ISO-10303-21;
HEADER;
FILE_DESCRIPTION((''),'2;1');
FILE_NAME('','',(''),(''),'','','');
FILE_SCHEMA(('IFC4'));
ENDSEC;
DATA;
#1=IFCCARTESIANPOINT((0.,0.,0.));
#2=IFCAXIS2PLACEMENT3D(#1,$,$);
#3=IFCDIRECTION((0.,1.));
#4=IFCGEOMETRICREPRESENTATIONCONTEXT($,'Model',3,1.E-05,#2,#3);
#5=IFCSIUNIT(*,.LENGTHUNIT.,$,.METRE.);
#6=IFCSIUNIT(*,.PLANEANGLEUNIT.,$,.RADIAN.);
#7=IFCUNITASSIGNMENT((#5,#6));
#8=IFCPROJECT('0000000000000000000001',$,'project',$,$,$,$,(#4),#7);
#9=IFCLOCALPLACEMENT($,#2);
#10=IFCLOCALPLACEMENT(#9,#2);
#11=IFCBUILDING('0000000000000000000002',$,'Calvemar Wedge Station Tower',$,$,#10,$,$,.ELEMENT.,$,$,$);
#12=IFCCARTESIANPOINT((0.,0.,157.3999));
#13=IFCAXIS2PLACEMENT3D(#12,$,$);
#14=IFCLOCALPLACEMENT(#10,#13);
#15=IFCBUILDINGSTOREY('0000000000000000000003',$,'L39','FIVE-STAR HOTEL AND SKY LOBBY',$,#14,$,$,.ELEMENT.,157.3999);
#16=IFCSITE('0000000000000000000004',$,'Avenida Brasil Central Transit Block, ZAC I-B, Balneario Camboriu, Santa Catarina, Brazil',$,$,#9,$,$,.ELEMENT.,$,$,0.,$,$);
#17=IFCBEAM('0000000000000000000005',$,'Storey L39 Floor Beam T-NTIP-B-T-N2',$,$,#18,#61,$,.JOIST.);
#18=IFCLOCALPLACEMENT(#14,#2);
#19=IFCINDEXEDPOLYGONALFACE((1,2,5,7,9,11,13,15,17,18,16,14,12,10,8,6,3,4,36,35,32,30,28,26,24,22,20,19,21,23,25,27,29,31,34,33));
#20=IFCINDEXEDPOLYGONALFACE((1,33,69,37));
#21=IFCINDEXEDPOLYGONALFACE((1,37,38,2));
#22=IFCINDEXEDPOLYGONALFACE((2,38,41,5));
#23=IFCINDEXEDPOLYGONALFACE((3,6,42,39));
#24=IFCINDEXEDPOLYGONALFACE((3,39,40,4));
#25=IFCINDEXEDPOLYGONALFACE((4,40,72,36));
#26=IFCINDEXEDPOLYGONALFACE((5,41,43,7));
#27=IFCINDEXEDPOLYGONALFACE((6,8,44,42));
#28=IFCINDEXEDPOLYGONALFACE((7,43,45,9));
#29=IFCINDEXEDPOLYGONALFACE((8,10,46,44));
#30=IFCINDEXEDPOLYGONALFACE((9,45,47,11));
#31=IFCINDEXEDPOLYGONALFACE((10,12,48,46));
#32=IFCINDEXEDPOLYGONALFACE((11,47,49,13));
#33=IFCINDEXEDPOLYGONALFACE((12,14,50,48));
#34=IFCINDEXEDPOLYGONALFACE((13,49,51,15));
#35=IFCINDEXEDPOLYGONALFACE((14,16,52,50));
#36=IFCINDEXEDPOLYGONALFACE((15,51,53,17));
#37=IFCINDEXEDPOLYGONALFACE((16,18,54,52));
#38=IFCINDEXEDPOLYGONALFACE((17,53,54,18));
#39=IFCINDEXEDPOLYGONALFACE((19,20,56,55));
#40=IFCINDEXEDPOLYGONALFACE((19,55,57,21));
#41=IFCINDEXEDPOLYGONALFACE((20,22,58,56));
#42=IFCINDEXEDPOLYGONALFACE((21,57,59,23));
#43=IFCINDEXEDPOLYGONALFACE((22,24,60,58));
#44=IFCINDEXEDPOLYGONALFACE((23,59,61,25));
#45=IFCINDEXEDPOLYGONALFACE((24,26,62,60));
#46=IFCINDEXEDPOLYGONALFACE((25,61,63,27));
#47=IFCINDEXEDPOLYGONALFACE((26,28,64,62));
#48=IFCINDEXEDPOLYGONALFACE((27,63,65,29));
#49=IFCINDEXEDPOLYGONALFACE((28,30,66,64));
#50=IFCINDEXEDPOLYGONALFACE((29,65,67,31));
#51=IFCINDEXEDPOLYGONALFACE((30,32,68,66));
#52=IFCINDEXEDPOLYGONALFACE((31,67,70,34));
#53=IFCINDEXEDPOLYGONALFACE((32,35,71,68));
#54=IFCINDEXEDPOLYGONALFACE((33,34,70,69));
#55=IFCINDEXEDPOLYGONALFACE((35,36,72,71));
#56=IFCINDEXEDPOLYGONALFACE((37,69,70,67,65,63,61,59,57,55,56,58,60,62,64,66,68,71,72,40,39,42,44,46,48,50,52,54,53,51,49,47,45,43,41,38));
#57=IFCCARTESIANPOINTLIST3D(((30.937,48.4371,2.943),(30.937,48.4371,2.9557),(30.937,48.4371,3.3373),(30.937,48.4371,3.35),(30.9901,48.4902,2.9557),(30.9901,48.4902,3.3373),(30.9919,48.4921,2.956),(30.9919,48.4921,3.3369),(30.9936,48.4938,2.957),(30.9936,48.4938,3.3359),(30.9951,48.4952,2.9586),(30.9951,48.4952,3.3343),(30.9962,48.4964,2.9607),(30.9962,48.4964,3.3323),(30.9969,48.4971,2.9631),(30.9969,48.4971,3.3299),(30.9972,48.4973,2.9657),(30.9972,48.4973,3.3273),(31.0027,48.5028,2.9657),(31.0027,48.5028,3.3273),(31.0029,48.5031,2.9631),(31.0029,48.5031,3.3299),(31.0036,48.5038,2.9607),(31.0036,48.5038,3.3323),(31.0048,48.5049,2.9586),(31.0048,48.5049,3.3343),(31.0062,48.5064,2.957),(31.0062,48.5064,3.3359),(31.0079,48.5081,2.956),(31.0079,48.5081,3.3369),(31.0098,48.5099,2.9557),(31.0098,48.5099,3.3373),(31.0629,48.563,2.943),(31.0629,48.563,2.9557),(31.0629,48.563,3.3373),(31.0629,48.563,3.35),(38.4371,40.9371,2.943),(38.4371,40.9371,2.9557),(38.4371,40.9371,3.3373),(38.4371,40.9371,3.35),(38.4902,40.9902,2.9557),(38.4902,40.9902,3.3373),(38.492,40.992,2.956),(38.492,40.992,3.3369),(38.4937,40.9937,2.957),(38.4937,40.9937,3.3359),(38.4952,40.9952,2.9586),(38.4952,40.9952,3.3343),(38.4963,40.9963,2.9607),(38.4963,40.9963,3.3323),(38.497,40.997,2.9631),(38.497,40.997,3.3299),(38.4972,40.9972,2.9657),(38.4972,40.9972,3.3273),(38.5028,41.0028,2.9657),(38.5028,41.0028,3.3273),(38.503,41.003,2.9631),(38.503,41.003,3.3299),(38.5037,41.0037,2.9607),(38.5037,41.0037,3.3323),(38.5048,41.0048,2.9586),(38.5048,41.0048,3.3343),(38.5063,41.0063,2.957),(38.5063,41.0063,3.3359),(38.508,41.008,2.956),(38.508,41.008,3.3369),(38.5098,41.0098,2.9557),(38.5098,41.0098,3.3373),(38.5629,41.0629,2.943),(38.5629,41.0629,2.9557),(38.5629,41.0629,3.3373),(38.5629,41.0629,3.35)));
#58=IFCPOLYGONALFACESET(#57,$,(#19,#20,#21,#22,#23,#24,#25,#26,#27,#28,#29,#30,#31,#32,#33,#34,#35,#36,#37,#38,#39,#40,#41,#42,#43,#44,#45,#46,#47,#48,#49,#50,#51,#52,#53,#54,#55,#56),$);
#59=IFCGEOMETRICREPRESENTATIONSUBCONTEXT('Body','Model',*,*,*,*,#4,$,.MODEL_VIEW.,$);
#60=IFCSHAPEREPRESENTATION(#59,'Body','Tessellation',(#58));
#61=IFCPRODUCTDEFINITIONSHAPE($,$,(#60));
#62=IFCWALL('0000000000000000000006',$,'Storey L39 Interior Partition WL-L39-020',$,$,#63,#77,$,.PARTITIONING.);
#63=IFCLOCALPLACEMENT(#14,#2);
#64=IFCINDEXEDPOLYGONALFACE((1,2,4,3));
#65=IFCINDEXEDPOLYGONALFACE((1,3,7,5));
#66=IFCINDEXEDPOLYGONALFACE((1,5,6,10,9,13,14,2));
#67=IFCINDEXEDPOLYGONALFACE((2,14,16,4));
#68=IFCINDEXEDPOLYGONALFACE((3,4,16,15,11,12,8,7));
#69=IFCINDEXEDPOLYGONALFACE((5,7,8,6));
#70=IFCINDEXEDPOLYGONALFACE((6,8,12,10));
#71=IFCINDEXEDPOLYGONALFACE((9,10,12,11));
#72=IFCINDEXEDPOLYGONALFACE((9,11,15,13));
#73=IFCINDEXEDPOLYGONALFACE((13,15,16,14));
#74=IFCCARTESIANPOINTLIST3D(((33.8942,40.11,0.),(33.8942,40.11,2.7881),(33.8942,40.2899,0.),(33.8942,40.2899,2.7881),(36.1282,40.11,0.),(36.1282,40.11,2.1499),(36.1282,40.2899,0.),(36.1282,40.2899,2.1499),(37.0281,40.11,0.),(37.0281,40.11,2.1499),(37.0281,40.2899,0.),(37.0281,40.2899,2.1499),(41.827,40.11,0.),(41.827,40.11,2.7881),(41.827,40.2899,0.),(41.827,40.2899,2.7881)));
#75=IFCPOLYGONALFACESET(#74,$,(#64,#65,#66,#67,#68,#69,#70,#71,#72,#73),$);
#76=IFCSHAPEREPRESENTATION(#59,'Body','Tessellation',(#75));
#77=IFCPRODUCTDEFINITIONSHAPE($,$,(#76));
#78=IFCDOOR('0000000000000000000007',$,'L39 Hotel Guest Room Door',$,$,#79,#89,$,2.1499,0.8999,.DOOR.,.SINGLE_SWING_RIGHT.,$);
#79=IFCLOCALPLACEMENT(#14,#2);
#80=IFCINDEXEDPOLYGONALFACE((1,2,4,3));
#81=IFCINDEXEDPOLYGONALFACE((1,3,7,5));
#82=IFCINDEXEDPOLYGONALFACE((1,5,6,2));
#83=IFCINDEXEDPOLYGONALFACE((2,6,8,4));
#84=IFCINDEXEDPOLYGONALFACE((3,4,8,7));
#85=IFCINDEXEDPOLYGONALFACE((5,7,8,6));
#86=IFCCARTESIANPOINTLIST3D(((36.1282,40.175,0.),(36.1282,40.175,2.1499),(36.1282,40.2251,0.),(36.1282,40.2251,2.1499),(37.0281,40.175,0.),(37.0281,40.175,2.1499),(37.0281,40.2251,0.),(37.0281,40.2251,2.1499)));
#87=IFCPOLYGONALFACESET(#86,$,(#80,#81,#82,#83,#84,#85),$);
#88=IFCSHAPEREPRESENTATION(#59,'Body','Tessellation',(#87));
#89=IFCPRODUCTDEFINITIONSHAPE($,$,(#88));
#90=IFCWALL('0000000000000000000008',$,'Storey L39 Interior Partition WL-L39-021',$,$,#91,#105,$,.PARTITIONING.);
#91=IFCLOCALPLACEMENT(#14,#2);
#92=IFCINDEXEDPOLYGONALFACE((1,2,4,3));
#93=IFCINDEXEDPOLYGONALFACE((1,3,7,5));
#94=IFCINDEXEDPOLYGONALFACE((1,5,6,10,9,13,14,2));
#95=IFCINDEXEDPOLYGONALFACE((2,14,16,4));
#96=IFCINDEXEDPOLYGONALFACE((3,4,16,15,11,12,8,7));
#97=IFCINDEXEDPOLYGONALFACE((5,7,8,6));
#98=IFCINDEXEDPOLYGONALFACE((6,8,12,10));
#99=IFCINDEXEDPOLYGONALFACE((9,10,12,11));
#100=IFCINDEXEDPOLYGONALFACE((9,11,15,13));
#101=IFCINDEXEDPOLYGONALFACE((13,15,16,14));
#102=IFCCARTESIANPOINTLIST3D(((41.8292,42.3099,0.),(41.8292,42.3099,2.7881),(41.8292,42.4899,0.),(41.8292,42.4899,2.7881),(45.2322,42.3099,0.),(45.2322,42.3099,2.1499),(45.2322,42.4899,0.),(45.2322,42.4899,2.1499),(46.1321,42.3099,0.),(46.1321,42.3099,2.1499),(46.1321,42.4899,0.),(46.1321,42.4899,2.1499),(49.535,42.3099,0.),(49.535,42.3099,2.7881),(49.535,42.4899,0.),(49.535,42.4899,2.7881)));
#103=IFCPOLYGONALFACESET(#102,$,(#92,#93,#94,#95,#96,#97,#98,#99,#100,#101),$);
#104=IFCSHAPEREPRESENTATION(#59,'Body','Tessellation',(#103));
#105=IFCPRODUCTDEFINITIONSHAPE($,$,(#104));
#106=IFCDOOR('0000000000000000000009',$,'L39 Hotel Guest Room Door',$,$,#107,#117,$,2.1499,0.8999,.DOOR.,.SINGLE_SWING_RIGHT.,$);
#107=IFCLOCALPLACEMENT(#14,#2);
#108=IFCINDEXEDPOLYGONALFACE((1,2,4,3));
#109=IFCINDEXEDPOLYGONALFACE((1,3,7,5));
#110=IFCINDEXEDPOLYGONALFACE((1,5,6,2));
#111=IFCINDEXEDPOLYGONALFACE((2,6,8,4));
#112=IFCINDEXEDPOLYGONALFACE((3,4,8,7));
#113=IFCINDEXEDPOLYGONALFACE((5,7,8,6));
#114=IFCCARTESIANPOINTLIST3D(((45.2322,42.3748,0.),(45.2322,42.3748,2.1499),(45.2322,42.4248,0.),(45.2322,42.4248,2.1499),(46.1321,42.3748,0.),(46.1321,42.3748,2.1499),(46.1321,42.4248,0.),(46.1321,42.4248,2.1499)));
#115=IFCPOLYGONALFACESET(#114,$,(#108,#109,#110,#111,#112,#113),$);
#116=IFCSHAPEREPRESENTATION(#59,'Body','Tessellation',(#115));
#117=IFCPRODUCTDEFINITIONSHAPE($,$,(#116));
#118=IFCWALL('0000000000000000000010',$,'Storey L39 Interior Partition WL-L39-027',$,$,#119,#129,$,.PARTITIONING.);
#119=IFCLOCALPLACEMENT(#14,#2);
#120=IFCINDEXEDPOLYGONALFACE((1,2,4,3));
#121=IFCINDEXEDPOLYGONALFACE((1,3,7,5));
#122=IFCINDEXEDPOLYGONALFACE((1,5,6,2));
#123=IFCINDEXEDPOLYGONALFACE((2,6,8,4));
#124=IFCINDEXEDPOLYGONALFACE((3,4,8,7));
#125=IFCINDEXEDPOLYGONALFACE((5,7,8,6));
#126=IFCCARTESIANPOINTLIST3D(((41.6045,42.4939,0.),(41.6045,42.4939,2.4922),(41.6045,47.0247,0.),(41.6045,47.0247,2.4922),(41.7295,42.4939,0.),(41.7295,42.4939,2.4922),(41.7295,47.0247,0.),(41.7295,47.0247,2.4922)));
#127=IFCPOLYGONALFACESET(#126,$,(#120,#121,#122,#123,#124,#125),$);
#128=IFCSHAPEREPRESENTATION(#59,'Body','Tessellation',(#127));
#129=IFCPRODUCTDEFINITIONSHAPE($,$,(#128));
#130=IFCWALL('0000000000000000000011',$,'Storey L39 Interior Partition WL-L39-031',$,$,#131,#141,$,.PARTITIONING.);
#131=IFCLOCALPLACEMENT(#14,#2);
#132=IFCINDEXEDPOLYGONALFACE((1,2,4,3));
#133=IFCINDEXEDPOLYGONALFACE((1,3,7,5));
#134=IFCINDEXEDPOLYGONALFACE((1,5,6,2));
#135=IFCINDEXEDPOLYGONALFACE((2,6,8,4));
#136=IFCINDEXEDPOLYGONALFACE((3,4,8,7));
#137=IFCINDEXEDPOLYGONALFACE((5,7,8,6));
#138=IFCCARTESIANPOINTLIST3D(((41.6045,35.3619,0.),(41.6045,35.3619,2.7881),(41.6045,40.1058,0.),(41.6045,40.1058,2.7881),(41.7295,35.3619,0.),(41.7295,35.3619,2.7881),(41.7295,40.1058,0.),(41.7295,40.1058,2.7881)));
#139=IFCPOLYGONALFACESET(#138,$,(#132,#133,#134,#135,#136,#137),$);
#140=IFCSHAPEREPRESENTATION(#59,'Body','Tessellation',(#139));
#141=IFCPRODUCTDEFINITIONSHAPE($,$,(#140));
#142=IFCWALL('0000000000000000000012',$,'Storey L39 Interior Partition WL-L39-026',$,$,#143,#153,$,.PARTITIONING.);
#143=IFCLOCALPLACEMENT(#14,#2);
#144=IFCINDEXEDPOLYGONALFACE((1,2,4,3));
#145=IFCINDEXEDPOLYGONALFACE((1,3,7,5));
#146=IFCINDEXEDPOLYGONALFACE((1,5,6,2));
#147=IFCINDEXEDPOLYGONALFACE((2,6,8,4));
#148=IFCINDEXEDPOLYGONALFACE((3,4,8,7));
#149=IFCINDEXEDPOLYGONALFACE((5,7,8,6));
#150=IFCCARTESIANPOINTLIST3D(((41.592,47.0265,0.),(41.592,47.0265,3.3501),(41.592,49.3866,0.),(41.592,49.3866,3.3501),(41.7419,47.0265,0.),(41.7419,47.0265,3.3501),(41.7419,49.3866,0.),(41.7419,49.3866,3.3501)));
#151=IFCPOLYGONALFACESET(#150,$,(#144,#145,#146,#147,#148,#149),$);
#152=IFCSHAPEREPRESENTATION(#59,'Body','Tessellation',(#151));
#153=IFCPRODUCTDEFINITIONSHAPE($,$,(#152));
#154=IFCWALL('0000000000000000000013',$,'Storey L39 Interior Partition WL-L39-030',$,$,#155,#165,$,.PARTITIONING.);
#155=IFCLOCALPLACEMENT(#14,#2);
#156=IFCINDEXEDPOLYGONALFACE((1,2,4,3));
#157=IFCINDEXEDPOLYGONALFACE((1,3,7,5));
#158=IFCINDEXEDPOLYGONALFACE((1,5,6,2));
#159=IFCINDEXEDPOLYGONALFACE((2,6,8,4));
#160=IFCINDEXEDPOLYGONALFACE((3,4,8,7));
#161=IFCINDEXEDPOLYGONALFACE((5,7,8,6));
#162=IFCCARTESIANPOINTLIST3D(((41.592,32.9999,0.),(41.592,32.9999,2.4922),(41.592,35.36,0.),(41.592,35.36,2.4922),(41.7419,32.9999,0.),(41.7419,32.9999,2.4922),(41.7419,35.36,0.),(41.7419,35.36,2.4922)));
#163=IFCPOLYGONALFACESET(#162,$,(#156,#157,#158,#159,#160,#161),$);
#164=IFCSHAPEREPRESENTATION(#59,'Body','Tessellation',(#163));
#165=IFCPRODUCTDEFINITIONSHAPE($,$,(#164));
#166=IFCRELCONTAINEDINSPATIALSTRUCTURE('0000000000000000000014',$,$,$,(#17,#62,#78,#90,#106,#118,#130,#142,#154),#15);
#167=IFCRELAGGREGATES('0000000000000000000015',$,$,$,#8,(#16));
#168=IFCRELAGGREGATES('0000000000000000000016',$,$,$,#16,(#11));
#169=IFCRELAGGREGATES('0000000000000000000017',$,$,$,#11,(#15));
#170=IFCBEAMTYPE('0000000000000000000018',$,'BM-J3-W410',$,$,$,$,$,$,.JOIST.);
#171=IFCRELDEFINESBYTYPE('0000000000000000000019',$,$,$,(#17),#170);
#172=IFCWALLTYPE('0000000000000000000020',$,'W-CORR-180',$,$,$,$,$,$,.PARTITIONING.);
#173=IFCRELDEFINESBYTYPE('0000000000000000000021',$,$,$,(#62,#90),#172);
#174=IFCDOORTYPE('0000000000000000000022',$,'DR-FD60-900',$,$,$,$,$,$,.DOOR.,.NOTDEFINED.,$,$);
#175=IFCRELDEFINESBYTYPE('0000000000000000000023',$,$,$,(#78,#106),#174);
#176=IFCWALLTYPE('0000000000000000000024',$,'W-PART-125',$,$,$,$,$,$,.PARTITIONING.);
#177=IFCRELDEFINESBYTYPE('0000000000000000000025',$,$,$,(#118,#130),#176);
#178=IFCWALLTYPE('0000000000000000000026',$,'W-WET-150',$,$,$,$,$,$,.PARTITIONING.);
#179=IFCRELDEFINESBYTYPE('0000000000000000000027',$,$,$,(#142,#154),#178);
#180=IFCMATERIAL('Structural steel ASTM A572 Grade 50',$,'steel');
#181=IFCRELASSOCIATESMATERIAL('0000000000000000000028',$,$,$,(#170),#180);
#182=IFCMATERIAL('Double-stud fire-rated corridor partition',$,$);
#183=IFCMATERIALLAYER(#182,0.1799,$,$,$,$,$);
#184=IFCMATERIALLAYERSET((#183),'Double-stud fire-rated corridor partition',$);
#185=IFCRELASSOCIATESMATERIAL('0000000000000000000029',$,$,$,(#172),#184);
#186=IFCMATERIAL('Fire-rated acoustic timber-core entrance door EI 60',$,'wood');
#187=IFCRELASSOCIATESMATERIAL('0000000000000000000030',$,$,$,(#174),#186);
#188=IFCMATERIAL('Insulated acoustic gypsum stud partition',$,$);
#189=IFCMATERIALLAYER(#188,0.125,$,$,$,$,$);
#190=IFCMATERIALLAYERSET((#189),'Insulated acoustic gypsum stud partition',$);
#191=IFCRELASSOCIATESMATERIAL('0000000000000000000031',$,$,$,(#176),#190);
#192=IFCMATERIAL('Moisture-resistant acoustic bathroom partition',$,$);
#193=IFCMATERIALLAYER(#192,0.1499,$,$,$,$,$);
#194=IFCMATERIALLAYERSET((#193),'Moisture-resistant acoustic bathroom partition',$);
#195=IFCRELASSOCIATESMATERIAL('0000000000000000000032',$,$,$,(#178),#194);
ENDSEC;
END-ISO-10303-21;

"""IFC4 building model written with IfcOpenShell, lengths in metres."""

from ifc_helpers import new_model, si_unit, direction, frame, frame_2d, origin, origin_2d, place, context, subcontext, project, spatial, rectangle, i_section, extrude, source, transform, mapped, material, layer, layer_set, material_profile, profile_set, type_object, element, fill, save


model = new_model("IFC4")

# Units and contexts
model_context = context("Model", 3, precision=1e-05, world=origin(), true_north=direction((0.0, 1.0)))
body_context = subcontext(model_context, "Body", "Model", "MODEL_VIEW")
ifc_project = project(units=[si_unit("LENGTHUNIT", "METRE"), si_unit("PLANEANGLEUNIT", "RADIAN")], contexts=[model_context])

# Site, building, storey
site_placement = place(None, origin())
site = spatial("IfcSite", under=ifc_project, at=site_placement, Name="Avenida Brasil Central Transit Block, ZAC I-B, Balneario Camboriu, Santa Catarina, Brazil", CompositionType="ELEMENT", RefElevation=0.0)
building_placement = place(site_placement, origin())
building = spatial("IfcBuilding", under=site, at=building_placement, Name="Calvemar Wedge Station Tower", CompositionType="ELEMENT")
storey_placement = place(building_placement, frame((0.0, 0.0, 157.3999)))
storey = spatial("IfcBuildingStorey", under=building, at=storey_placement, Name="L39", Description="FIVE-STAR HOTEL AND SKY LOBBY", CompositionType="ELEMENT", Elevation=157.3999)

# Shared definitions
ifc_material_1 = material(Name="Structural steel ASTM A572 Grade 50", Category="steel")

# Beam
ifc_material_profile_1 = material_profile(ifc_material_1, i_section(OverallWidth=0.178, OverallDepth=0.407, WebThickness=0.0078, FlangeThickness=0.0127, FilletRadius=0.01, at=origin_2d()), Name="W410x60")
ifc_profile_set_1 = profile_set([ifc_material_profile_1], Name="Structural steel ASTM A572 Grade 50")
beam_type_1 = type_object("IfcBeamType", Name="BM-J3-W410", PredefinedType="JOIST", material=ifc_profile_set_1)
shared_shape_1 = source(origin(), body_context, "Body", "SweptSolid", [
    extrude(i_section(OverallWidth=0.178, OverallDepth=0.407, WebThickness=0.0078, FlangeThickness=0.0127, FilletRadius=0.01, at=origin_2d()), origin(), (0.0, 0.0, 1.0), 10.6067),
])
beam_1_placement = place(storey_placement, frame((38.5, 41.0, 3.1465), z_axis=(-0.707107, 0.707107, 0.0), x_axis=(-0.707107, -0.707107, 0.0)))
element("IfcBeam", 1, at=beam_1_placement, inside=storey, type_object=beam_type_1, Name="Storey L39 Floor Beam T-NTIP-B-T-N2", PredefinedType="JOIST", context=body_context, shape_type="MappedRepresentation", body=[
    mapped(shared_shape_1, transform((0.0, 0.0, 0.0), scale=1.0)),
])

# Walls, openings, doors
ifc_material_2 = material(Name="Double-stud fire-rated corridor partition")
ifc_layer_1 = layer(ifc_material_2, 0.1799)
ifc_layer_set_1 = layer_set([ifc_layer_1], Name="Double-stud fire-rated corridor partition")
wall_type_1 = type_object("IfcWallType", Name="W-CORR-180", PredefinedType="PARTITIONING", material=ifc_layer_set_1)
wall_1_placement = place(storey_placement, frame((41.8269, 40.2, 0.0), z_axis=(0.0, 0.0, 1.0), x_axis=(-1.0, 0.0, 0.0)))
wall_1 = element("IfcWall", 2, at=wall_1_placement, inside=storey, type_object=wall_type_1, Name="Storey L39 Interior Partition WL-L39-020", PredefinedType="PARTITIONING", context=body_context, shape_type="SweptSolid", body=[
    extrude(rectangle(XDim=7.9329, YDim=0.1799, at=frame_2d((3.9663, 0.0))), origin(), (0.0, 0.0, 1.0), 2.7881),
])
shared_shape_2 = source(origin(), body_context, "Body", "SweptSolid", [
    extrude(rectangle(XDim=0.8999, YDim=2.1499, at=frame_2d((0.45, 1.075))), frame((0.0, 0.1001, 0.0), z_axis=(0.0, -1.0, 0.0), x_axis=(1.0, 0.0, 0.0)), (0.0, 0.0, 1.0), 0.2),
])
opening_1_placement = place(wall_1_placement, frame((4.7988, 0.0, 0.0)))
opening_1 = element("IfcOpeningElement", 3, at=opening_1_placement, cuts=wall_1, PredefinedType="OPENING", context=body_context, shape_type="MappedRepresentation", body=[
    mapped(shared_shape_2, transform((0.0, 0.0, 0.0), scale=1.0)),
])
ifc_material_3 = material(Name="Fire-rated acoustic timber-core entrance door EI 60", Category="wood")
door_type_1 = type_object("IfcDoorType", Name="DR-FD60-900", OperationType="NOTDEFINED", PredefinedType="DOOR", material=ifc_material_3)
shared_shape_3 = source(origin(), body_context, "Body", "SweptSolid", [
    extrude(rectangle(XDim=0.8999, YDim=2.1499, at=frame_2d((0.45, 1.075))), frame((0.0, 0.0249, 0.0), z_axis=(0.0, -1.0, 0.0), x_axis=(1.0, 0.0, 0.0)), (0.0, 0.0, 1.0), 0.05),
])
door_1_placement = place(opening_1_placement, origin())
door_1 = element("IfcDoor", 4, at=door_1_placement, inside=storey, type_object=door_type_1, Name="L39 Hotel Guest Room Door", OperationType="SINGLE_SWING_RIGHT", OverallHeight=2.1499, OverallWidth=0.8999, PredefinedType="DOOR", context=body_context, shape_type="MappedRepresentation", body=[
    mapped(shared_shape_3, transform((0.0, 0.0, 0.0), scale=1.0)),
])
fill(opening_1, door_1)
wall_2_placement = place(storey_placement, frame((41.8291, 42.3999, 0.0), z_axis=(0.0, 0.0, 1.0), x_axis=(1.0, 0.0, 0.0)))
wall_2 = element("IfcWall", 5, at=wall_2_placement, inside=storey, type_object=wall_type_1, Name="Storey L39 Interior Partition WL-L39-021", PredefinedType="PARTITIONING", context=body_context, shape_type="SweptSolid", body=[
    extrude(rectangle(XDim=7.7058, YDim=0.1799, at=frame_2d((3.853, 0.0))), origin(), (0.0, 0.0, 1.0), 2.7881),
])
opening_2_placement = place(wall_2_placement, frame((3.4031, 0.0, 0.0)))
opening_2 = element("IfcOpeningElement", 6, at=opening_2_placement, cuts=wall_2, PredefinedType="OPENING", context=body_context, shape_type="MappedRepresentation", body=[
    mapped(shared_shape_2, transform((0.0, 0.0, 0.0), scale=1.0)),
])
door_2_placement = place(opening_2_placement, origin())
door_2 = element("IfcDoor", 7, at=door_2_placement, inside=storey, type_object=door_type_1, Name="L39 Hotel Guest Room Door", OperationType="SINGLE_SWING_RIGHT", OverallHeight=2.1499, OverallWidth=0.8999, PredefinedType="DOOR", context=body_context, shape_type="MappedRepresentation", body=[
    mapped(shared_shape_3, transform((0.0, 0.0, 0.0), scale=1.0)),
])
fill(opening_2, door_2)

# Walls
ifc_material_4 = material(Name="Insulated acoustic gypsum stud partition")
ifc_layer_2 = layer(ifc_material_4, 0.125)
ifc_layer_set_2 = layer_set([ifc_layer_2], Name="Insulated acoustic gypsum stud partition")
wall_type_2 = type_object("IfcWallType", Name="W-PART-125", PredefinedType="PARTITIONING", material=ifc_layer_set_2)
wall_3_placement = place(storey_placement, frame((41.667, 47.0247, 0.0), z_axis=(0.0, 0.0, 1.0), x_axis=(0.0, -1.0, 0.0)))
element("IfcWall", 8, at=wall_3_placement, inside=storey, type_object=wall_type_2, Name="Storey L39 Interior Partition WL-L39-027", PredefinedType="PARTITIONING", context=body_context, shape_type="SweptSolid", body=[
    extrude(rectangle(XDim=4.5308, YDim=0.125, at=frame_2d((2.2654, 0.0))), origin(), (0.0, 0.0, 1.0), 2.4922),
])
wall_4_placement = place(storey_placement, frame((41.667, 40.106, 0.0), z_axis=(0.0, 0.0, 1.0), x_axis=(0.0, -1.0, 0.0)))
element("IfcWall", 9, at=wall_4_placement, inside=storey, type_object=wall_type_2, Name="Storey L39 Interior Partition WL-L39-031", PredefinedType="PARTITIONING", context=body_context, shape_type="SweptSolid", body=[
    extrude(rectangle(XDim=4.7439, YDim=0.125, at=frame_2d((2.3721, 0.0))), origin(), (0.0, 0.0, 1.0), 2.7881),
])
ifc_material_5 = material(Name="Moisture-resistant acoustic bathroom partition")
ifc_layer_3 = layer(ifc_material_5, 0.1499)
ifc_layer_set_3 = layer_set([ifc_layer_3], Name="Moisture-resistant acoustic bathroom partition")
wall_type_3 = type_object("IfcWallType", Name="W-WET-150", PredefinedType="PARTITIONING", material=ifc_layer_set_3)
wall_5_placement = place(storey_placement, frame((41.667, 49.3867, 0.0), z_axis=(0.0, 0.0, 1.0), x_axis=(0.0, -1.0, 0.0)))
element("IfcWall", 10, at=wall_5_placement, inside=storey, type_object=wall_type_3, Name="Storey L39 Interior Partition WL-L39-026", PredefinedType="PARTITIONING", context=body_context, shape_type="SweptSolid", body=[
    extrude(rectangle(XDim=2.3601, YDim=0.1499, at=frame_2d((1.1802, 0.0))), origin(), (0.0, 0.0, 1.0), 3.3501),
])
wall_6_placement = place(storey_placement, frame((41.667, 35.3601, 0.0), z_axis=(0.0, 0.0, 1.0), x_axis=(0.0, -1.0, 0.0)))
element("IfcWall", 11, at=wall_6_placement, inside=storey, type_object=wall_type_3, Name="Storey L39 Interior Partition WL-L39-030", PredefinedType="PARTITIONING", context=body_context, shape_type="SweptSolid", body=[
    extrude(rectangle(XDim=2.3601, YDim=0.1499, at=frame_2d((1.1802, 0.0))), origin(), (0.0, 0.0, 1.0), 2.4922),
])

save(model, "model.ifc")
